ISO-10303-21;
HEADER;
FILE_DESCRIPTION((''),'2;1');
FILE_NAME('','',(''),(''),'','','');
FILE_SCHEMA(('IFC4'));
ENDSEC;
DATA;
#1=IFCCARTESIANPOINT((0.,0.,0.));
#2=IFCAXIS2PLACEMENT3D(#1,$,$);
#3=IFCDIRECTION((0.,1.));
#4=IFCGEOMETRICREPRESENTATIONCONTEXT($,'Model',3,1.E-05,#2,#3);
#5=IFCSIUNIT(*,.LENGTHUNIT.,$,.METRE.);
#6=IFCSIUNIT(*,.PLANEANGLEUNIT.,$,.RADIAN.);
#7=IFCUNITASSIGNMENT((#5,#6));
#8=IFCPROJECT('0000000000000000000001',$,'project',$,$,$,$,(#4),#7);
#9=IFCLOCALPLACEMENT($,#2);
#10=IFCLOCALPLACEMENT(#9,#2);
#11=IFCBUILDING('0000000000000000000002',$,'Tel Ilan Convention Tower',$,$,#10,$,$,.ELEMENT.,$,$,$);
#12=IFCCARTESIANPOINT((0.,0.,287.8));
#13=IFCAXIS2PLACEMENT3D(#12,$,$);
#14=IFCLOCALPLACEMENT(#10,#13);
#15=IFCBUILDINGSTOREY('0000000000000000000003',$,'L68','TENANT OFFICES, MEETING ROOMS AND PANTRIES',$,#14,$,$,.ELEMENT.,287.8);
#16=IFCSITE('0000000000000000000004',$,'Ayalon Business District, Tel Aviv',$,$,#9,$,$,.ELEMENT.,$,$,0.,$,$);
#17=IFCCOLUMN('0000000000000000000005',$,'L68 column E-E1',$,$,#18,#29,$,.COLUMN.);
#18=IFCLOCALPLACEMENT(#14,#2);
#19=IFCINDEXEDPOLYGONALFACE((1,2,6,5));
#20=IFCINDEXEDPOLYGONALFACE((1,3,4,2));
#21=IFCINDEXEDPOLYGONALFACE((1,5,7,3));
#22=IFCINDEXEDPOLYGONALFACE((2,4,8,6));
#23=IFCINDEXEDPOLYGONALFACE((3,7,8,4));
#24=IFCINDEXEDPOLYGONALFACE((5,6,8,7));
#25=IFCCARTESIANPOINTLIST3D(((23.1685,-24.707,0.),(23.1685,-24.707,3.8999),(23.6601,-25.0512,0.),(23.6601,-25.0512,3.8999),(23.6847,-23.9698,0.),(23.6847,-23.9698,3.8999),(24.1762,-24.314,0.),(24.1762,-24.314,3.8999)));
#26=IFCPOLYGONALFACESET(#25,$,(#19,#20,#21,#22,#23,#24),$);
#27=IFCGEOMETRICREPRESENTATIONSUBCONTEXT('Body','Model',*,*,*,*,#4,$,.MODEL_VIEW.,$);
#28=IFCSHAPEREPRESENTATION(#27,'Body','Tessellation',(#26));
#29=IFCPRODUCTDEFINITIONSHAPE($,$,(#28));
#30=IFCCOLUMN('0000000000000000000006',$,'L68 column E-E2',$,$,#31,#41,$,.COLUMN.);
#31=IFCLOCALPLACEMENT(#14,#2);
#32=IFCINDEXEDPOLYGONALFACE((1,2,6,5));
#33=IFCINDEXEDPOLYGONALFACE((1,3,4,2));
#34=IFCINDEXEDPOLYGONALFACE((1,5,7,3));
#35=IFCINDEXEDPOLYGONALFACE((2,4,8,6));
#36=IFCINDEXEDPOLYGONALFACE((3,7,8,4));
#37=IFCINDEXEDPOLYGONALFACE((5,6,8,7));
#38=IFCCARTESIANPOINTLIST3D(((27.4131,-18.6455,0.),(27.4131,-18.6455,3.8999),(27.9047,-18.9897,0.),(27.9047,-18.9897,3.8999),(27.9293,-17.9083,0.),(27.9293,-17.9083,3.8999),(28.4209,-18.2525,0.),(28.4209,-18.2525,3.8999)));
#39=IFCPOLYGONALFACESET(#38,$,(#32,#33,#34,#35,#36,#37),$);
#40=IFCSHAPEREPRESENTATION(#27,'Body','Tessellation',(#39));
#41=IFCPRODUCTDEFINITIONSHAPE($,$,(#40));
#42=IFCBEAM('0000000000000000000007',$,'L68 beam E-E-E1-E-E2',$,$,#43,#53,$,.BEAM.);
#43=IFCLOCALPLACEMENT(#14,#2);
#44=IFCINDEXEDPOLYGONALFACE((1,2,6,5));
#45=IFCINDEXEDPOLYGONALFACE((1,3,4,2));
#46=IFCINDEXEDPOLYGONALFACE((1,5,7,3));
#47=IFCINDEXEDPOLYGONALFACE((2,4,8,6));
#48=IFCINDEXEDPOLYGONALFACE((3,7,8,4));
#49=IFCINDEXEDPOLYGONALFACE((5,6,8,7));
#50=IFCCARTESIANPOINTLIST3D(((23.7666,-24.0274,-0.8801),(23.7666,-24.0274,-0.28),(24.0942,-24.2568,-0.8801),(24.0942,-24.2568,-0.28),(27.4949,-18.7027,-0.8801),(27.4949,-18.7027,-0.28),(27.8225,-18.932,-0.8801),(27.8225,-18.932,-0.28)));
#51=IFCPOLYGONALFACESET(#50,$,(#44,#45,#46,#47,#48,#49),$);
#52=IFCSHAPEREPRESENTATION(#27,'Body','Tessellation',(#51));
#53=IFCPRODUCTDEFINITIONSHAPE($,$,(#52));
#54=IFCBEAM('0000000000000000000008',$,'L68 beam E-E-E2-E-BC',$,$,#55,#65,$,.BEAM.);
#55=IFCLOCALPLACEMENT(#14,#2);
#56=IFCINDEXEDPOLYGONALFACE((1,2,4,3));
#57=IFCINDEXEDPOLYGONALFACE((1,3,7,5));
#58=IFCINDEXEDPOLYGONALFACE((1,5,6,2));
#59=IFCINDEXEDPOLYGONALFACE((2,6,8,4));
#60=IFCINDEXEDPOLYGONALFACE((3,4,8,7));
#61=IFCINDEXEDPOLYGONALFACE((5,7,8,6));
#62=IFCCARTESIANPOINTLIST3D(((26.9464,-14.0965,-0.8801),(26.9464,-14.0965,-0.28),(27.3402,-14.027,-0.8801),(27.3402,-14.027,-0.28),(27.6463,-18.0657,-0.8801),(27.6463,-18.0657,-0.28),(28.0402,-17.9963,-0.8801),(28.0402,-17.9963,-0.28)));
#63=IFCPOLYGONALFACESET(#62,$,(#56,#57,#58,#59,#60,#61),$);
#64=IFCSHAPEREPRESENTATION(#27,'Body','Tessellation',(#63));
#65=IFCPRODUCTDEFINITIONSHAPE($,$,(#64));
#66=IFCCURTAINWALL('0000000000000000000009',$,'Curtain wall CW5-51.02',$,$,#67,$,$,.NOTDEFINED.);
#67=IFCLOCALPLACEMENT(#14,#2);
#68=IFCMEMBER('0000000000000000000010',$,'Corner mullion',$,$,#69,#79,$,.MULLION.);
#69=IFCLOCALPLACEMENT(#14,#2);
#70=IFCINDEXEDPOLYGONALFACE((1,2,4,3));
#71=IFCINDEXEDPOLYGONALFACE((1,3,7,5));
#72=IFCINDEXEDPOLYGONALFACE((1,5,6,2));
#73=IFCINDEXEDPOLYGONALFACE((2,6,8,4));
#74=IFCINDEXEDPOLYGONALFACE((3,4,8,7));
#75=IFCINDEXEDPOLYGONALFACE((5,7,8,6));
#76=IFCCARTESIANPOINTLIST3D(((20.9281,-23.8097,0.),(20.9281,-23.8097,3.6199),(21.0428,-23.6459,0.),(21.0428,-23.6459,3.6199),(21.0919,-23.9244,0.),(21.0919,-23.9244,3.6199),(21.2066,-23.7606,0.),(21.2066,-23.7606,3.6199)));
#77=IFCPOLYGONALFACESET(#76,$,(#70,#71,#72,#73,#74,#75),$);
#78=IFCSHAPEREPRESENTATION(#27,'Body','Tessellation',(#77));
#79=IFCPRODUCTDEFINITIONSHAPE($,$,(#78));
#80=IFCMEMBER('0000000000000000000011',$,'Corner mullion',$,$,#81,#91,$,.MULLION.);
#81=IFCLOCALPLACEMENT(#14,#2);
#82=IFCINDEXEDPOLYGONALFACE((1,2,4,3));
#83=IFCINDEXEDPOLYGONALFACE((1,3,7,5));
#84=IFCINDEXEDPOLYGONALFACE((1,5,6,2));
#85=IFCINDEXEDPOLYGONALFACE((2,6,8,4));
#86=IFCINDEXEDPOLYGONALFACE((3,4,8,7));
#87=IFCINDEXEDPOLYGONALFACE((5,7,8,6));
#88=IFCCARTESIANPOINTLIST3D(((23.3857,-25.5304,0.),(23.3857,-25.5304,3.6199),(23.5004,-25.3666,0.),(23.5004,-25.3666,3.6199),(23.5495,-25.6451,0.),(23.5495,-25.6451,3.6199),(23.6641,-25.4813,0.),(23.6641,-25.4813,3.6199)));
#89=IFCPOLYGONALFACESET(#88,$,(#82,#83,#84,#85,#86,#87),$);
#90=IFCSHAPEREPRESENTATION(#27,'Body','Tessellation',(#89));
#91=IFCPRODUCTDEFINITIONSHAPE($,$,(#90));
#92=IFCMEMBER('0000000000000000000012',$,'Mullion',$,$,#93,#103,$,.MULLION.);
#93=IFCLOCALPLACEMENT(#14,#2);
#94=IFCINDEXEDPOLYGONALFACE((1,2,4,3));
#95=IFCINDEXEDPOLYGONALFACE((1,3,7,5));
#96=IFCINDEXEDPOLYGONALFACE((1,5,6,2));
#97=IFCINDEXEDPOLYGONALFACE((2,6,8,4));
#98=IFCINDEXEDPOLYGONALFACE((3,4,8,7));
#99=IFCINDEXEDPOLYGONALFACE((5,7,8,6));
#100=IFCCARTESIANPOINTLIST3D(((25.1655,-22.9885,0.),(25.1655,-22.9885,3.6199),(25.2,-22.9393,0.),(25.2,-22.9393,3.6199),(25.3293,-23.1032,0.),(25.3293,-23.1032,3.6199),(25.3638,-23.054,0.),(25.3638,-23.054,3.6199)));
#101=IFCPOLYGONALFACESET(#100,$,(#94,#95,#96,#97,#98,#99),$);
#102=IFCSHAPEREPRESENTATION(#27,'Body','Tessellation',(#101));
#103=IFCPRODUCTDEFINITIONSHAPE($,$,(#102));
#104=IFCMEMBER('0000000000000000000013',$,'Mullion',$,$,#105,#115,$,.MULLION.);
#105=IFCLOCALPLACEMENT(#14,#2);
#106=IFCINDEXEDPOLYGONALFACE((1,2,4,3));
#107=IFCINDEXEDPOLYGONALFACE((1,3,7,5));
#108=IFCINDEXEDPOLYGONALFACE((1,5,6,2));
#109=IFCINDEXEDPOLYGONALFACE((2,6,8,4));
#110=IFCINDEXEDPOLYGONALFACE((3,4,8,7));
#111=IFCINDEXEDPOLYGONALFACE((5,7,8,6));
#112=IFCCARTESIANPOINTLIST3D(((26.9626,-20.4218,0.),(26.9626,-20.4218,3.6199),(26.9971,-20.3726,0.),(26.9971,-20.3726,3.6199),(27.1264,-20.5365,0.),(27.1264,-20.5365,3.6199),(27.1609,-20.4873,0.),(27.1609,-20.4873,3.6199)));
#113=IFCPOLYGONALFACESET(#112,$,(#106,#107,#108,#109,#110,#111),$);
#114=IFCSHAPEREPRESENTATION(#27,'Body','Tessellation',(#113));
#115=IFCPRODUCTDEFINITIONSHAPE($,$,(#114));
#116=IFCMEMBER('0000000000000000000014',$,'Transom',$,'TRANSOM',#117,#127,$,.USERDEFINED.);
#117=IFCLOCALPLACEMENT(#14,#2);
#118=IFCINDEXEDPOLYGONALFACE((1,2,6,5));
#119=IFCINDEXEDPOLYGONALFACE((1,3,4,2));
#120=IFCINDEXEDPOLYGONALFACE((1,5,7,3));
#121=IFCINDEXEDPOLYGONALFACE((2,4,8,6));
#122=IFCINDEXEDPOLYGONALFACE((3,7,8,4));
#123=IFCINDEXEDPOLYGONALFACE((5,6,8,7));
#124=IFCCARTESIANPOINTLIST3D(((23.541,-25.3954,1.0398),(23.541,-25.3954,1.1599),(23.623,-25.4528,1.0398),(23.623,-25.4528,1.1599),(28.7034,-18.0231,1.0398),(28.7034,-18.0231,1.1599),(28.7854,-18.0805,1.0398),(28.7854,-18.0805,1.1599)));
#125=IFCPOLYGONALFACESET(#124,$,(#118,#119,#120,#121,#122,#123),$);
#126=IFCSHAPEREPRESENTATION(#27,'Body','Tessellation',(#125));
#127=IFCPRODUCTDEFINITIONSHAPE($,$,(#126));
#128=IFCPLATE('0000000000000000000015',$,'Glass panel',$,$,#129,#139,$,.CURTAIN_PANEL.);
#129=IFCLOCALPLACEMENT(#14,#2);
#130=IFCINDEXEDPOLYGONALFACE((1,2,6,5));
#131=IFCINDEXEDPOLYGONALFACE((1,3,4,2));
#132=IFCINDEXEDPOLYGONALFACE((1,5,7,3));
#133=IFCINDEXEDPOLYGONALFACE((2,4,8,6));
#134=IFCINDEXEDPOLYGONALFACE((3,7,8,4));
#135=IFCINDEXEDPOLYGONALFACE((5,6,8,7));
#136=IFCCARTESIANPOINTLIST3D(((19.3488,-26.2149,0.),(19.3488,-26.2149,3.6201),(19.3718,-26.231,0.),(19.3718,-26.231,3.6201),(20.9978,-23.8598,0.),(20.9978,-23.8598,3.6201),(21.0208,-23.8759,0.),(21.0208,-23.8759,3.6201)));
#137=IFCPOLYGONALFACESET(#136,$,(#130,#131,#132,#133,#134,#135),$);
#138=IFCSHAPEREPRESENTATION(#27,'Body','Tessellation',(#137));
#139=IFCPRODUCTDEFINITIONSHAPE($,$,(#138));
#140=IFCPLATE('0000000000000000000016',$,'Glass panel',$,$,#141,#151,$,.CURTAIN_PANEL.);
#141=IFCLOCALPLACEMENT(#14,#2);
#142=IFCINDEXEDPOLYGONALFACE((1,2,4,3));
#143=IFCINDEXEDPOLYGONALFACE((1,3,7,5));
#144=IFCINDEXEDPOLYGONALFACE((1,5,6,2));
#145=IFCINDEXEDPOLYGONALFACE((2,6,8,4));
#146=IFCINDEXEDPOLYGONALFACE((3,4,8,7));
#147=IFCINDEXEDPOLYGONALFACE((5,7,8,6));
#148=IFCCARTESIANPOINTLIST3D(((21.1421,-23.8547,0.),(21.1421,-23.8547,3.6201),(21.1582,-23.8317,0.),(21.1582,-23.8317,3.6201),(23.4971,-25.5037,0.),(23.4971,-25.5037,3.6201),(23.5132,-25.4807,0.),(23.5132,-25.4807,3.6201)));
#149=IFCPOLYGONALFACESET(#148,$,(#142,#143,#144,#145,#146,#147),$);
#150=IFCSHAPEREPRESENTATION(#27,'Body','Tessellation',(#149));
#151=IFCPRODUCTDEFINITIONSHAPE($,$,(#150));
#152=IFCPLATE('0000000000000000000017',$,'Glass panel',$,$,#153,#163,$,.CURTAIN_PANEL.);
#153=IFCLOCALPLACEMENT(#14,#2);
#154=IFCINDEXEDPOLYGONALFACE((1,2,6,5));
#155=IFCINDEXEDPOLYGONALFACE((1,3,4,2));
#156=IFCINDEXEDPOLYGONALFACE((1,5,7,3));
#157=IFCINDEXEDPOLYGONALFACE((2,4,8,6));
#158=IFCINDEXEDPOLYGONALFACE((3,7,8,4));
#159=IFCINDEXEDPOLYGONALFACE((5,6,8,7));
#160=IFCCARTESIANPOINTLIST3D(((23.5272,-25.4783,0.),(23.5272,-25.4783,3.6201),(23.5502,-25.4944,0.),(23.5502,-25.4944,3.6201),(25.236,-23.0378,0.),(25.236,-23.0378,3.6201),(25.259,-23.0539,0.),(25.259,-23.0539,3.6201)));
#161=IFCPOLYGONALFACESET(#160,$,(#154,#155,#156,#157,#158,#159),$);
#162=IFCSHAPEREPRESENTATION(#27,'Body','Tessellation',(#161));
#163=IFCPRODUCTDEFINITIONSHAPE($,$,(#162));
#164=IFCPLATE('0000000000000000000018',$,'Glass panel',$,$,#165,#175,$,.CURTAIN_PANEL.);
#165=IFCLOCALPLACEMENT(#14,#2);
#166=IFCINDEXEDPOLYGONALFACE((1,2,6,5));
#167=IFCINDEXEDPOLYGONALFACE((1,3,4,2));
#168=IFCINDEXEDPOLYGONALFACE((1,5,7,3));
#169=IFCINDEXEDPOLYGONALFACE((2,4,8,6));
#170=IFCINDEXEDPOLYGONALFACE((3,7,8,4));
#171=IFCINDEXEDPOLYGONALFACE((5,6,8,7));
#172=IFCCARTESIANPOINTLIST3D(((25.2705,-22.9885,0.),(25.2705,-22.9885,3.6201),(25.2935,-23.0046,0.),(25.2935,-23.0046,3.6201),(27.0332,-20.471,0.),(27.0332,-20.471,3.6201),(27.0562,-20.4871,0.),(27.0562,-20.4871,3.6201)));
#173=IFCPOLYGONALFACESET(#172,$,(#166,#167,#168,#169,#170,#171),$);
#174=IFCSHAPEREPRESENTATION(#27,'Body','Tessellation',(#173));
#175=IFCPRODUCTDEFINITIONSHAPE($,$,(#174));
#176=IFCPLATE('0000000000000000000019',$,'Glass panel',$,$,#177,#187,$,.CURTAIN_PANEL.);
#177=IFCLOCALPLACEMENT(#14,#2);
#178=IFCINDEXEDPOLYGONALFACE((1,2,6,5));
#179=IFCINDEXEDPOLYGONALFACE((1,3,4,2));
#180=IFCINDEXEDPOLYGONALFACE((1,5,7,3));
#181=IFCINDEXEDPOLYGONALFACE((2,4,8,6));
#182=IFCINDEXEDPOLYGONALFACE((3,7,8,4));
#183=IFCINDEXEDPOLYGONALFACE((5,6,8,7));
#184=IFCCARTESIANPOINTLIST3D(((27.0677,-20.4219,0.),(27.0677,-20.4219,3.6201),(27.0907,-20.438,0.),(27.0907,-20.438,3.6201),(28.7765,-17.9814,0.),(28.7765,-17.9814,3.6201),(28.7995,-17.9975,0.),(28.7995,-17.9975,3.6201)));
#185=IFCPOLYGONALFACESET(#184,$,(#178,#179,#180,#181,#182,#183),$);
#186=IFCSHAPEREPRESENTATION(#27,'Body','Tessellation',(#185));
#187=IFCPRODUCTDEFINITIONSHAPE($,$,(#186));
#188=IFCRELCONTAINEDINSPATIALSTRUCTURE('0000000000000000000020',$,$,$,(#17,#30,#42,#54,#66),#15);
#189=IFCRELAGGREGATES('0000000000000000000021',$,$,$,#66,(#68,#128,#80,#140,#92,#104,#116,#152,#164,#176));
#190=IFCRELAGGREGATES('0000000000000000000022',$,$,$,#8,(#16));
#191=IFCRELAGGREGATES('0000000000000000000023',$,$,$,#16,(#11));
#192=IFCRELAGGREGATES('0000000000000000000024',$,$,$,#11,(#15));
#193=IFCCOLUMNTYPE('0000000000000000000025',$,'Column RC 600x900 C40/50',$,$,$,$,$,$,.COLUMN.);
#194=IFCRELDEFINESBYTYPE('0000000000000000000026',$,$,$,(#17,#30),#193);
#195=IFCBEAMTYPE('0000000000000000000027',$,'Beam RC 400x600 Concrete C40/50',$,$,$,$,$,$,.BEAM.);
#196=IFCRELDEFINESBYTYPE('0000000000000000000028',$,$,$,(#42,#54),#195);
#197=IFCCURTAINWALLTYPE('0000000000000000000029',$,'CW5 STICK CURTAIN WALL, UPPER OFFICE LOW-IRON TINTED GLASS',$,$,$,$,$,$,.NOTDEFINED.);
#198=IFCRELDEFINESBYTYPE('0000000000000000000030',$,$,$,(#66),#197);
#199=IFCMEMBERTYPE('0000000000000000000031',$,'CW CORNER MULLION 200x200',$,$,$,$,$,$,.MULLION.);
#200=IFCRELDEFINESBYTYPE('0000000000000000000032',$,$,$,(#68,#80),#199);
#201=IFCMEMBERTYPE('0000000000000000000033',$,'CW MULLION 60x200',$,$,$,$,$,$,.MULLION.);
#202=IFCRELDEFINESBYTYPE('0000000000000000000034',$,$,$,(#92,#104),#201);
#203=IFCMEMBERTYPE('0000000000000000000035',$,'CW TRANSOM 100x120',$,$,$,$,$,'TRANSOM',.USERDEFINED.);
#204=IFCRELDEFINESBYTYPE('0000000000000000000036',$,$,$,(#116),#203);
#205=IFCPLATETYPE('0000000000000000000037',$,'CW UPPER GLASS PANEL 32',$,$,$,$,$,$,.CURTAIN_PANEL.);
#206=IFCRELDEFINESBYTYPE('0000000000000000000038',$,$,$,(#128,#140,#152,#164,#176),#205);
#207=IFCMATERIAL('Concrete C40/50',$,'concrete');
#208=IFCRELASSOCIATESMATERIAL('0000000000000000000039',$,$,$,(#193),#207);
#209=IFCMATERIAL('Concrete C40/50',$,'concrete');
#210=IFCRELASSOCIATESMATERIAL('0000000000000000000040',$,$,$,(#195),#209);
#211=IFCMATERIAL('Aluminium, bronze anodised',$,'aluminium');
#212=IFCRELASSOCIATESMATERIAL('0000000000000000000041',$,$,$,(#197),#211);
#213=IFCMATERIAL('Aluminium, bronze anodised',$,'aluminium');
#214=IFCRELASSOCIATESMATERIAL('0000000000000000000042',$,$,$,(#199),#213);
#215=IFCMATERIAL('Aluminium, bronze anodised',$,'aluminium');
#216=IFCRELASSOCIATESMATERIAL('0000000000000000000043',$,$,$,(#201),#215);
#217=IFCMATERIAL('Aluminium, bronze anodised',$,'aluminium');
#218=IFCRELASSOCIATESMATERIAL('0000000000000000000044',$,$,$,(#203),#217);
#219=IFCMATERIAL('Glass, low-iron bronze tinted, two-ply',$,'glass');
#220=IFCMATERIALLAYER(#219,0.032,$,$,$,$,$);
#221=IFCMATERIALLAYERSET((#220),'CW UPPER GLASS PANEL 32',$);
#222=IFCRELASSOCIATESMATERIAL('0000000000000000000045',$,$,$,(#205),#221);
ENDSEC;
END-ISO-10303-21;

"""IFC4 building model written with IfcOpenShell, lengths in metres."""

from ifc_helpers import new_model, si_unit, direction, frame, origin, origin_2d, place, context, subcontext, project, spatial, rectangle, extrude, material, layer, layer_set, material_profile, profile_set, type_object, element, aggregate, save


model = new_model("IFC4")

# Units and contexts
model_context = context("Model", 3, precision=1e-05, world=origin(), true_north=direction((0.0, 1.0)))
body_context = subcontext(model_context, "Body", "Model", "MODEL_VIEW")
ifc_project = project(units=[si_unit("LENGTHUNIT", "METRE"), si_unit("PLANEANGLEUNIT", "RADIAN")], contexts=[model_context])

# Site, building, storey
site_placement = place(None, origin())
site = spatial("IfcSite", under=ifc_project, at=site_placement, Name="Ayalon Business District, Tel Aviv", CompositionType="ELEMENT", RefElevation=0.0)
building_placement = place(site_placement, origin())
building = spatial("IfcBuilding", under=site, at=building_placement, Name="Tel Ilan Convention Tower", CompositionType="ELEMENT")
storey_placement = place(building_placement, frame((0.0, 0.0, 287.8)))
storey = spatial("IfcBuildingStorey", under=building, at=storey_placement, Name="L68", Description="TENANT OFFICES, MEETING ROOMS AND PANTRIES", CompositionType="ELEMENT", Elevation=287.8)

# Columns
ifc_material_1 = material(Name="Concrete C40/50", Category="concrete")
ifc_material_profile_1 = material_profile(ifc_material_1, rectangle(XDim=0.8999, YDim=0.6001, at=origin_2d()), Name="RC 600x900")
ifc_profile_set_1 = profile_set([ifc_material_profile_1], Name="Concrete C40/50")
column_type = type_object("IfcColumnType", Name="Column RC 600x900 C40/50", PredefinedType="COLUMN", material=ifc_profile_set_1)
for number, where, z_axis, x_axis, name in (
    (1, (23.6724, -24.5105, 0.0), (0.0, 0.0, 1.0), (0.573576, 0.819152, 0.0), "L68 column E-E1"),
    (2, (27.917, -18.449, 0.0), (0.0, 0.0, 1.0), (0.573576, 0.819152, 0.0), "L68 column E-E2"),
):
    element("IfcColumn", number, at=place(storey_placement, frame(where, z_axis=z_axis, x_axis=x_axis)), inside=storey, type_object=column_type, Name=name, PredefinedType="COLUMN", context=body_context, shape_type="SweptSolid", body=[
        extrude(rectangle(XDim=0.8999, YDim=0.6001, at=origin_2d()), origin(), (0.0, 0.0, 1.0), 3.8999),
    ])

# Beams
ifc_material_2 = material(Name="Concrete C40/50", Category="concrete")
ifc_material_profile_2 = material_profile(ifc_material_2, rectangle(XDim=0.3999, YDim=0.6001, at=origin_2d()), Name="RC 400x600")
ifc_profile_set_2 = profile_set([ifc_material_profile_2], Name="Concrete C40/50")
beam_type = type_object("IfcBeamType", Name="Beam RC 400x600 Concrete C40/50", PredefinedType="BEAM", material=ifc_profile_set_2)
beam_1_placement = place(storey_placement, frame((23.9304, -24.1421, -0.5801), z_axis=(0.573563, 0.819161, 0.0), x_axis=(-0.819161, 0.573563, 0.0)))
element("IfcBeam", 3, at=beam_1_placement, inside=storey, type_object=beam_type, Name="L68 beam E-E-E1-E-E2", PredefinedType="BEAM", context=body_context, shape_type="SweptSolid", body=[
    extrude(rectangle(XDim=0.3999, YDim=0.6001, at=origin_2d()), origin(), (0.0, 0.0, 1.0), 6.5002),
])
beam_2_placement = place(storey_placement, frame((27.8433, -18.031, -0.5801), z_axis=(-0.173664, 0.984805, 0.0), x_axis=(-0.984805, -0.173664, 0.0)))
element("IfcBeam", 4, at=beam_2_placement, inside=storey, type_object=beam_type, Name="L68 beam E-E-E2-E-BC", PredefinedType="BEAM", context=body_context, shape_type="SweptSolid", body=[
    extrude(rectangle(XDim=0.3999, YDim=0.6001, at=origin_2d()), origin(), (0.0, 0.0, 1.0), 4.0305),
])

# Curtain wall, members, plates
ifc_material_3 = material(Name="Aluminium, bronze anodised", Category="aluminium")
curtain_wall_type = type_object("IfcCurtainWallType", Name="CW5 STICK CURTAIN WALL, UPPER OFFICE LOW-IRON TINTED GLASS", PredefinedType="NOTDEFINED", material=ifc_material_3)
curtain_wall_placement = place(storey_placement, origin())
curtain_wall = element("IfcCurtainWall", 5, at=curtain_wall_placement, inside=storey, type_object=curtain_wall_type, Name="Curtain wall CW5-51.02", PredefinedType="NOTDEFINED")
ifc_material_4 = material(Name="Aluminium, bronze anodised", Category="aluminium")
ifc_material_profile_3 = material_profile(ifc_material_4, rectangle(XDim=0.2, YDim=0.2, at=origin_2d()), Name="CW CORNER MULLION 200x200")
ifc_profile_set_3 = profile_set([ifc_material_profile_3], Name="Aluminium, bronze anodised")
member_type_1 = type_object("IfcMemberType", Name="CW CORNER MULLION 200x200", PredefinedType="MULLION", material=ifc_profile_set_3)
member_1_placement = place(storey_placement, frame((21.0674, -23.7852, 0.0), z_axis=(0.0, 0.0, 1.0), x_axis=(0.573576, 0.819152, 0.0)))
member_1 = element("IfcMember", 6, at=member_1_placement, type_object=member_type_1, Name="Corner mullion", PredefinedType="MULLION", context=body_context, shape_type="SweptSolid", body=[
    extrude(rectangle(XDim=0.2, YDim=0.2, at=origin_2d()), origin(), (0.0, 0.0, 1.0), 3.6199),
])
member_2_placement = place(storey_placement, frame((23.5249, -25.5059, 0.0), z_axis=(0.0, 0.0, 1.0), x_axis=(0.819152, -0.573576, 0.0)))
member_2 = element("IfcMember", 7, at=member_2_placement, type_object=member_type_1, Name="Corner mullion", PredefinedType="MULLION", context=body_context, shape_type="SweptSolid", body=[
    extrude(rectangle(XDim=0.2, YDim=0.2, at=origin_2d()), origin(), (0.0, 0.0, 1.0), 3.6199),
])
ifc_material_5 = material(Name="Aluminium, bronze anodised", Category="aluminium")
ifc_material_profile_4 = material_profile(ifc_material_5, rectangle(XDim=0.0601, YDim=0.2, at=origin_2d()), Name="CW MULLION 60x200")
ifc_profile_set_4 = profile_set([ifc_material_profile_4], Name="Aluminium, bronze anodised")
member_type_2 = type_object("IfcMemberType", Name="CW MULLION 60x200", PredefinedType="MULLION", material=ifc_profile_set_4)
member_3_placement = place(storey_placement, frame((25.2646, -23.0212, 0.0), z_axis=(0.0, 0.0, 1.0), x_axis=(0.573576, 0.819152, 0.0)))
member_3 = element("IfcMember", 8, at=member_3_placement, type_object=member_type_2, Name="Mullion", PredefinedType="MULLION", context=body_context, shape_type="SweptSolid", body=[
    extrude(rectangle(XDim=0.0601, YDim=0.2, at=origin_2d()), origin(), (0.0, 0.0, 1.0), 3.6199),
])
member_4_placement = place(storey_placement, frame((27.0618, -20.4546, 0.0), z_axis=(0.0, 0.0, 1.0), x_axis=(0.573576, 0.819152, 0.0)))
member_4 = element("IfcMember", 9, at=member_4_placement, type_object=member_type_2, Name="Mullion", PredefinedType="MULLION", context=body_context, shape_type="SweptSolid", body=[
    extrude(rectangle(XDim=0.0601, YDim=0.2, at=origin_2d()), origin(), (0.0, 0.0, 1.0), 3.6199),
])
ifc_material_6 = material(Name="Aluminium, bronze anodised", Category="aluminium")
ifc_material_profile_5 = material_profile(ifc_material_6, rectangle(XDim=0.1001, YDim=0.1201, at=origin_2d()), Name="CW TRANSOM 100x120")
ifc_profile_set_5 = profile_set([ifc_material_profile_5], Name="Aluminium, bronze anodised")
member_type_3 = type_object("IfcMemberType", Name="CW TRANSOM 100x120", ElementType="TRANSOM", PredefinedType="USERDEFINED", material=ifc_profile_set_5)
member_5_placement = place(storey_placement, frame((23.582, -25.4241, 1.0999), z_axis=(0.573592, 0.819141, 0.0), x_axis=(-0.819141, 0.573592, 0.0)))
member_5 = element("IfcMember", 10, at=member_5_placement, type_object=member_type_3, Name="Transom", ObjectType="TRANSOM", PredefinedType="USERDEFINED", context=body_context, shape_type="SweptSolid", body=[
    extrude(rectangle(XDim=0.1001, YDim=0.1201, at=origin_2d()), origin(), (0.0, 0.0, 1.0), 9.0),
])
ifc_material_7 = material(Name="Glass, low-iron bronze tinted, two-ply", Category="glass")
ifc_layer_1 = layer(ifc_material_7, 0.032)
ifc_layer_set_1 = layer_set([ifc_layer_1], Name="CW UPPER GLASS PANEL 32")
plate_type = type_object("IfcPlateType", Name="CW UPPER GLASS PANEL 32", PredefinedType="CURTAIN_PANEL", material=ifc_layer_set_1)
plate_1_placement = place(storey_placement, frame((20.1848, -25.0454, 0.0), z_axis=(0.0, 0.0, 1.0), x_axis=(0.573576, 0.819152, 0.0)))
plate_1 = element("IfcPlate", 11, at=plate_1_placement, type_object=plate_type, Name="Glass panel", PredefinedType="CURTAIN_PANEL", context=body_context, shape_type="SweptSolid", body=[
    extrude(rectangle(XDim=2.875, YDim=0.0281, at=origin_2d()), origin(), (0.0, 0.0, 1.0), 3.6201),
])
plate_2_placement = place(storey_placement, frame((22.3276, -24.6677, 0.0), z_axis=(0.0, 0.0, 1.0), x_axis=(0.819152, -0.573576, 0.0)))
plate_2 = element("IfcPlate", 12, at=plate_2_placement, type_object=plate_type, Name="Glass panel", PredefinedType="CURTAIN_PANEL", context=body_context, shape_type="SweptSolid", body=[
    extrude(rectangle(XDim=2.875, YDim=0.0281, at=origin_2d()), origin(), (0.0, 0.0, 1.0), 3.6201),
])
plate_3_placement = place(storey_placement, frame((24.3931, -24.2661, 0.0), z_axis=(0.0, 0.0, 1.0), x_axis=(0.573576, 0.819152, 0.0)))
plate_3 = element("IfcPlate", 13, at=plate_3_placement, type_object=plate_type, Name="Glass panel", PredefinedType="CURTAIN_PANEL", context=body_context, shape_type="SweptSolid", body=[
    extrude(rectangle(XDim=2.9792, YDim=0.0281, at=origin_2d()), origin(), (0.0, 0.0, 1.0), 3.6201),
])
plate_4_placement = place(storey_placement, frame((26.1633, -21.7378, 0.0), z_axis=(0.0, 0.0, 1.0), x_axis=(0.573576, 0.819152, 0.0)))
plate_4 = element("IfcPlate", 14, at=plate_4_placement, type_object=plate_type, Name="Glass panel", PredefinedType="CURTAIN_PANEL", context=body_context, shape_type="SweptSolid", body=[
    extrude(rectangle(XDim=3.0732, YDim=0.0281, at=origin_2d()), origin(), (0.0, 0.0, 1.0), 3.6201),
])
plate_5_placement = place(storey_placement, frame((27.9336, -19.2097, 0.0), z_axis=(0.0, 0.0, 1.0), x_axis=(0.573576, 0.819152, 0.0)))
plate_5 = element("IfcPlate", 15, at=plate_5_placement, type_object=plate_type, Name="Glass panel", PredefinedType="CURTAIN_PANEL", context=body_context, shape_type="SweptSolid", body=[
    extrude(rectangle(XDim=2.9792, YDim=0.0281, at=origin_2d()), origin(), (0.0, 0.0, 1.0), 3.6201),
])
aggregate(curtain_wall, [member_1, plate_1, member_2, plate_2, member_3, member_4, member_5, plate_3, plate_4, plate_5])

save(model, "model.ifc")
